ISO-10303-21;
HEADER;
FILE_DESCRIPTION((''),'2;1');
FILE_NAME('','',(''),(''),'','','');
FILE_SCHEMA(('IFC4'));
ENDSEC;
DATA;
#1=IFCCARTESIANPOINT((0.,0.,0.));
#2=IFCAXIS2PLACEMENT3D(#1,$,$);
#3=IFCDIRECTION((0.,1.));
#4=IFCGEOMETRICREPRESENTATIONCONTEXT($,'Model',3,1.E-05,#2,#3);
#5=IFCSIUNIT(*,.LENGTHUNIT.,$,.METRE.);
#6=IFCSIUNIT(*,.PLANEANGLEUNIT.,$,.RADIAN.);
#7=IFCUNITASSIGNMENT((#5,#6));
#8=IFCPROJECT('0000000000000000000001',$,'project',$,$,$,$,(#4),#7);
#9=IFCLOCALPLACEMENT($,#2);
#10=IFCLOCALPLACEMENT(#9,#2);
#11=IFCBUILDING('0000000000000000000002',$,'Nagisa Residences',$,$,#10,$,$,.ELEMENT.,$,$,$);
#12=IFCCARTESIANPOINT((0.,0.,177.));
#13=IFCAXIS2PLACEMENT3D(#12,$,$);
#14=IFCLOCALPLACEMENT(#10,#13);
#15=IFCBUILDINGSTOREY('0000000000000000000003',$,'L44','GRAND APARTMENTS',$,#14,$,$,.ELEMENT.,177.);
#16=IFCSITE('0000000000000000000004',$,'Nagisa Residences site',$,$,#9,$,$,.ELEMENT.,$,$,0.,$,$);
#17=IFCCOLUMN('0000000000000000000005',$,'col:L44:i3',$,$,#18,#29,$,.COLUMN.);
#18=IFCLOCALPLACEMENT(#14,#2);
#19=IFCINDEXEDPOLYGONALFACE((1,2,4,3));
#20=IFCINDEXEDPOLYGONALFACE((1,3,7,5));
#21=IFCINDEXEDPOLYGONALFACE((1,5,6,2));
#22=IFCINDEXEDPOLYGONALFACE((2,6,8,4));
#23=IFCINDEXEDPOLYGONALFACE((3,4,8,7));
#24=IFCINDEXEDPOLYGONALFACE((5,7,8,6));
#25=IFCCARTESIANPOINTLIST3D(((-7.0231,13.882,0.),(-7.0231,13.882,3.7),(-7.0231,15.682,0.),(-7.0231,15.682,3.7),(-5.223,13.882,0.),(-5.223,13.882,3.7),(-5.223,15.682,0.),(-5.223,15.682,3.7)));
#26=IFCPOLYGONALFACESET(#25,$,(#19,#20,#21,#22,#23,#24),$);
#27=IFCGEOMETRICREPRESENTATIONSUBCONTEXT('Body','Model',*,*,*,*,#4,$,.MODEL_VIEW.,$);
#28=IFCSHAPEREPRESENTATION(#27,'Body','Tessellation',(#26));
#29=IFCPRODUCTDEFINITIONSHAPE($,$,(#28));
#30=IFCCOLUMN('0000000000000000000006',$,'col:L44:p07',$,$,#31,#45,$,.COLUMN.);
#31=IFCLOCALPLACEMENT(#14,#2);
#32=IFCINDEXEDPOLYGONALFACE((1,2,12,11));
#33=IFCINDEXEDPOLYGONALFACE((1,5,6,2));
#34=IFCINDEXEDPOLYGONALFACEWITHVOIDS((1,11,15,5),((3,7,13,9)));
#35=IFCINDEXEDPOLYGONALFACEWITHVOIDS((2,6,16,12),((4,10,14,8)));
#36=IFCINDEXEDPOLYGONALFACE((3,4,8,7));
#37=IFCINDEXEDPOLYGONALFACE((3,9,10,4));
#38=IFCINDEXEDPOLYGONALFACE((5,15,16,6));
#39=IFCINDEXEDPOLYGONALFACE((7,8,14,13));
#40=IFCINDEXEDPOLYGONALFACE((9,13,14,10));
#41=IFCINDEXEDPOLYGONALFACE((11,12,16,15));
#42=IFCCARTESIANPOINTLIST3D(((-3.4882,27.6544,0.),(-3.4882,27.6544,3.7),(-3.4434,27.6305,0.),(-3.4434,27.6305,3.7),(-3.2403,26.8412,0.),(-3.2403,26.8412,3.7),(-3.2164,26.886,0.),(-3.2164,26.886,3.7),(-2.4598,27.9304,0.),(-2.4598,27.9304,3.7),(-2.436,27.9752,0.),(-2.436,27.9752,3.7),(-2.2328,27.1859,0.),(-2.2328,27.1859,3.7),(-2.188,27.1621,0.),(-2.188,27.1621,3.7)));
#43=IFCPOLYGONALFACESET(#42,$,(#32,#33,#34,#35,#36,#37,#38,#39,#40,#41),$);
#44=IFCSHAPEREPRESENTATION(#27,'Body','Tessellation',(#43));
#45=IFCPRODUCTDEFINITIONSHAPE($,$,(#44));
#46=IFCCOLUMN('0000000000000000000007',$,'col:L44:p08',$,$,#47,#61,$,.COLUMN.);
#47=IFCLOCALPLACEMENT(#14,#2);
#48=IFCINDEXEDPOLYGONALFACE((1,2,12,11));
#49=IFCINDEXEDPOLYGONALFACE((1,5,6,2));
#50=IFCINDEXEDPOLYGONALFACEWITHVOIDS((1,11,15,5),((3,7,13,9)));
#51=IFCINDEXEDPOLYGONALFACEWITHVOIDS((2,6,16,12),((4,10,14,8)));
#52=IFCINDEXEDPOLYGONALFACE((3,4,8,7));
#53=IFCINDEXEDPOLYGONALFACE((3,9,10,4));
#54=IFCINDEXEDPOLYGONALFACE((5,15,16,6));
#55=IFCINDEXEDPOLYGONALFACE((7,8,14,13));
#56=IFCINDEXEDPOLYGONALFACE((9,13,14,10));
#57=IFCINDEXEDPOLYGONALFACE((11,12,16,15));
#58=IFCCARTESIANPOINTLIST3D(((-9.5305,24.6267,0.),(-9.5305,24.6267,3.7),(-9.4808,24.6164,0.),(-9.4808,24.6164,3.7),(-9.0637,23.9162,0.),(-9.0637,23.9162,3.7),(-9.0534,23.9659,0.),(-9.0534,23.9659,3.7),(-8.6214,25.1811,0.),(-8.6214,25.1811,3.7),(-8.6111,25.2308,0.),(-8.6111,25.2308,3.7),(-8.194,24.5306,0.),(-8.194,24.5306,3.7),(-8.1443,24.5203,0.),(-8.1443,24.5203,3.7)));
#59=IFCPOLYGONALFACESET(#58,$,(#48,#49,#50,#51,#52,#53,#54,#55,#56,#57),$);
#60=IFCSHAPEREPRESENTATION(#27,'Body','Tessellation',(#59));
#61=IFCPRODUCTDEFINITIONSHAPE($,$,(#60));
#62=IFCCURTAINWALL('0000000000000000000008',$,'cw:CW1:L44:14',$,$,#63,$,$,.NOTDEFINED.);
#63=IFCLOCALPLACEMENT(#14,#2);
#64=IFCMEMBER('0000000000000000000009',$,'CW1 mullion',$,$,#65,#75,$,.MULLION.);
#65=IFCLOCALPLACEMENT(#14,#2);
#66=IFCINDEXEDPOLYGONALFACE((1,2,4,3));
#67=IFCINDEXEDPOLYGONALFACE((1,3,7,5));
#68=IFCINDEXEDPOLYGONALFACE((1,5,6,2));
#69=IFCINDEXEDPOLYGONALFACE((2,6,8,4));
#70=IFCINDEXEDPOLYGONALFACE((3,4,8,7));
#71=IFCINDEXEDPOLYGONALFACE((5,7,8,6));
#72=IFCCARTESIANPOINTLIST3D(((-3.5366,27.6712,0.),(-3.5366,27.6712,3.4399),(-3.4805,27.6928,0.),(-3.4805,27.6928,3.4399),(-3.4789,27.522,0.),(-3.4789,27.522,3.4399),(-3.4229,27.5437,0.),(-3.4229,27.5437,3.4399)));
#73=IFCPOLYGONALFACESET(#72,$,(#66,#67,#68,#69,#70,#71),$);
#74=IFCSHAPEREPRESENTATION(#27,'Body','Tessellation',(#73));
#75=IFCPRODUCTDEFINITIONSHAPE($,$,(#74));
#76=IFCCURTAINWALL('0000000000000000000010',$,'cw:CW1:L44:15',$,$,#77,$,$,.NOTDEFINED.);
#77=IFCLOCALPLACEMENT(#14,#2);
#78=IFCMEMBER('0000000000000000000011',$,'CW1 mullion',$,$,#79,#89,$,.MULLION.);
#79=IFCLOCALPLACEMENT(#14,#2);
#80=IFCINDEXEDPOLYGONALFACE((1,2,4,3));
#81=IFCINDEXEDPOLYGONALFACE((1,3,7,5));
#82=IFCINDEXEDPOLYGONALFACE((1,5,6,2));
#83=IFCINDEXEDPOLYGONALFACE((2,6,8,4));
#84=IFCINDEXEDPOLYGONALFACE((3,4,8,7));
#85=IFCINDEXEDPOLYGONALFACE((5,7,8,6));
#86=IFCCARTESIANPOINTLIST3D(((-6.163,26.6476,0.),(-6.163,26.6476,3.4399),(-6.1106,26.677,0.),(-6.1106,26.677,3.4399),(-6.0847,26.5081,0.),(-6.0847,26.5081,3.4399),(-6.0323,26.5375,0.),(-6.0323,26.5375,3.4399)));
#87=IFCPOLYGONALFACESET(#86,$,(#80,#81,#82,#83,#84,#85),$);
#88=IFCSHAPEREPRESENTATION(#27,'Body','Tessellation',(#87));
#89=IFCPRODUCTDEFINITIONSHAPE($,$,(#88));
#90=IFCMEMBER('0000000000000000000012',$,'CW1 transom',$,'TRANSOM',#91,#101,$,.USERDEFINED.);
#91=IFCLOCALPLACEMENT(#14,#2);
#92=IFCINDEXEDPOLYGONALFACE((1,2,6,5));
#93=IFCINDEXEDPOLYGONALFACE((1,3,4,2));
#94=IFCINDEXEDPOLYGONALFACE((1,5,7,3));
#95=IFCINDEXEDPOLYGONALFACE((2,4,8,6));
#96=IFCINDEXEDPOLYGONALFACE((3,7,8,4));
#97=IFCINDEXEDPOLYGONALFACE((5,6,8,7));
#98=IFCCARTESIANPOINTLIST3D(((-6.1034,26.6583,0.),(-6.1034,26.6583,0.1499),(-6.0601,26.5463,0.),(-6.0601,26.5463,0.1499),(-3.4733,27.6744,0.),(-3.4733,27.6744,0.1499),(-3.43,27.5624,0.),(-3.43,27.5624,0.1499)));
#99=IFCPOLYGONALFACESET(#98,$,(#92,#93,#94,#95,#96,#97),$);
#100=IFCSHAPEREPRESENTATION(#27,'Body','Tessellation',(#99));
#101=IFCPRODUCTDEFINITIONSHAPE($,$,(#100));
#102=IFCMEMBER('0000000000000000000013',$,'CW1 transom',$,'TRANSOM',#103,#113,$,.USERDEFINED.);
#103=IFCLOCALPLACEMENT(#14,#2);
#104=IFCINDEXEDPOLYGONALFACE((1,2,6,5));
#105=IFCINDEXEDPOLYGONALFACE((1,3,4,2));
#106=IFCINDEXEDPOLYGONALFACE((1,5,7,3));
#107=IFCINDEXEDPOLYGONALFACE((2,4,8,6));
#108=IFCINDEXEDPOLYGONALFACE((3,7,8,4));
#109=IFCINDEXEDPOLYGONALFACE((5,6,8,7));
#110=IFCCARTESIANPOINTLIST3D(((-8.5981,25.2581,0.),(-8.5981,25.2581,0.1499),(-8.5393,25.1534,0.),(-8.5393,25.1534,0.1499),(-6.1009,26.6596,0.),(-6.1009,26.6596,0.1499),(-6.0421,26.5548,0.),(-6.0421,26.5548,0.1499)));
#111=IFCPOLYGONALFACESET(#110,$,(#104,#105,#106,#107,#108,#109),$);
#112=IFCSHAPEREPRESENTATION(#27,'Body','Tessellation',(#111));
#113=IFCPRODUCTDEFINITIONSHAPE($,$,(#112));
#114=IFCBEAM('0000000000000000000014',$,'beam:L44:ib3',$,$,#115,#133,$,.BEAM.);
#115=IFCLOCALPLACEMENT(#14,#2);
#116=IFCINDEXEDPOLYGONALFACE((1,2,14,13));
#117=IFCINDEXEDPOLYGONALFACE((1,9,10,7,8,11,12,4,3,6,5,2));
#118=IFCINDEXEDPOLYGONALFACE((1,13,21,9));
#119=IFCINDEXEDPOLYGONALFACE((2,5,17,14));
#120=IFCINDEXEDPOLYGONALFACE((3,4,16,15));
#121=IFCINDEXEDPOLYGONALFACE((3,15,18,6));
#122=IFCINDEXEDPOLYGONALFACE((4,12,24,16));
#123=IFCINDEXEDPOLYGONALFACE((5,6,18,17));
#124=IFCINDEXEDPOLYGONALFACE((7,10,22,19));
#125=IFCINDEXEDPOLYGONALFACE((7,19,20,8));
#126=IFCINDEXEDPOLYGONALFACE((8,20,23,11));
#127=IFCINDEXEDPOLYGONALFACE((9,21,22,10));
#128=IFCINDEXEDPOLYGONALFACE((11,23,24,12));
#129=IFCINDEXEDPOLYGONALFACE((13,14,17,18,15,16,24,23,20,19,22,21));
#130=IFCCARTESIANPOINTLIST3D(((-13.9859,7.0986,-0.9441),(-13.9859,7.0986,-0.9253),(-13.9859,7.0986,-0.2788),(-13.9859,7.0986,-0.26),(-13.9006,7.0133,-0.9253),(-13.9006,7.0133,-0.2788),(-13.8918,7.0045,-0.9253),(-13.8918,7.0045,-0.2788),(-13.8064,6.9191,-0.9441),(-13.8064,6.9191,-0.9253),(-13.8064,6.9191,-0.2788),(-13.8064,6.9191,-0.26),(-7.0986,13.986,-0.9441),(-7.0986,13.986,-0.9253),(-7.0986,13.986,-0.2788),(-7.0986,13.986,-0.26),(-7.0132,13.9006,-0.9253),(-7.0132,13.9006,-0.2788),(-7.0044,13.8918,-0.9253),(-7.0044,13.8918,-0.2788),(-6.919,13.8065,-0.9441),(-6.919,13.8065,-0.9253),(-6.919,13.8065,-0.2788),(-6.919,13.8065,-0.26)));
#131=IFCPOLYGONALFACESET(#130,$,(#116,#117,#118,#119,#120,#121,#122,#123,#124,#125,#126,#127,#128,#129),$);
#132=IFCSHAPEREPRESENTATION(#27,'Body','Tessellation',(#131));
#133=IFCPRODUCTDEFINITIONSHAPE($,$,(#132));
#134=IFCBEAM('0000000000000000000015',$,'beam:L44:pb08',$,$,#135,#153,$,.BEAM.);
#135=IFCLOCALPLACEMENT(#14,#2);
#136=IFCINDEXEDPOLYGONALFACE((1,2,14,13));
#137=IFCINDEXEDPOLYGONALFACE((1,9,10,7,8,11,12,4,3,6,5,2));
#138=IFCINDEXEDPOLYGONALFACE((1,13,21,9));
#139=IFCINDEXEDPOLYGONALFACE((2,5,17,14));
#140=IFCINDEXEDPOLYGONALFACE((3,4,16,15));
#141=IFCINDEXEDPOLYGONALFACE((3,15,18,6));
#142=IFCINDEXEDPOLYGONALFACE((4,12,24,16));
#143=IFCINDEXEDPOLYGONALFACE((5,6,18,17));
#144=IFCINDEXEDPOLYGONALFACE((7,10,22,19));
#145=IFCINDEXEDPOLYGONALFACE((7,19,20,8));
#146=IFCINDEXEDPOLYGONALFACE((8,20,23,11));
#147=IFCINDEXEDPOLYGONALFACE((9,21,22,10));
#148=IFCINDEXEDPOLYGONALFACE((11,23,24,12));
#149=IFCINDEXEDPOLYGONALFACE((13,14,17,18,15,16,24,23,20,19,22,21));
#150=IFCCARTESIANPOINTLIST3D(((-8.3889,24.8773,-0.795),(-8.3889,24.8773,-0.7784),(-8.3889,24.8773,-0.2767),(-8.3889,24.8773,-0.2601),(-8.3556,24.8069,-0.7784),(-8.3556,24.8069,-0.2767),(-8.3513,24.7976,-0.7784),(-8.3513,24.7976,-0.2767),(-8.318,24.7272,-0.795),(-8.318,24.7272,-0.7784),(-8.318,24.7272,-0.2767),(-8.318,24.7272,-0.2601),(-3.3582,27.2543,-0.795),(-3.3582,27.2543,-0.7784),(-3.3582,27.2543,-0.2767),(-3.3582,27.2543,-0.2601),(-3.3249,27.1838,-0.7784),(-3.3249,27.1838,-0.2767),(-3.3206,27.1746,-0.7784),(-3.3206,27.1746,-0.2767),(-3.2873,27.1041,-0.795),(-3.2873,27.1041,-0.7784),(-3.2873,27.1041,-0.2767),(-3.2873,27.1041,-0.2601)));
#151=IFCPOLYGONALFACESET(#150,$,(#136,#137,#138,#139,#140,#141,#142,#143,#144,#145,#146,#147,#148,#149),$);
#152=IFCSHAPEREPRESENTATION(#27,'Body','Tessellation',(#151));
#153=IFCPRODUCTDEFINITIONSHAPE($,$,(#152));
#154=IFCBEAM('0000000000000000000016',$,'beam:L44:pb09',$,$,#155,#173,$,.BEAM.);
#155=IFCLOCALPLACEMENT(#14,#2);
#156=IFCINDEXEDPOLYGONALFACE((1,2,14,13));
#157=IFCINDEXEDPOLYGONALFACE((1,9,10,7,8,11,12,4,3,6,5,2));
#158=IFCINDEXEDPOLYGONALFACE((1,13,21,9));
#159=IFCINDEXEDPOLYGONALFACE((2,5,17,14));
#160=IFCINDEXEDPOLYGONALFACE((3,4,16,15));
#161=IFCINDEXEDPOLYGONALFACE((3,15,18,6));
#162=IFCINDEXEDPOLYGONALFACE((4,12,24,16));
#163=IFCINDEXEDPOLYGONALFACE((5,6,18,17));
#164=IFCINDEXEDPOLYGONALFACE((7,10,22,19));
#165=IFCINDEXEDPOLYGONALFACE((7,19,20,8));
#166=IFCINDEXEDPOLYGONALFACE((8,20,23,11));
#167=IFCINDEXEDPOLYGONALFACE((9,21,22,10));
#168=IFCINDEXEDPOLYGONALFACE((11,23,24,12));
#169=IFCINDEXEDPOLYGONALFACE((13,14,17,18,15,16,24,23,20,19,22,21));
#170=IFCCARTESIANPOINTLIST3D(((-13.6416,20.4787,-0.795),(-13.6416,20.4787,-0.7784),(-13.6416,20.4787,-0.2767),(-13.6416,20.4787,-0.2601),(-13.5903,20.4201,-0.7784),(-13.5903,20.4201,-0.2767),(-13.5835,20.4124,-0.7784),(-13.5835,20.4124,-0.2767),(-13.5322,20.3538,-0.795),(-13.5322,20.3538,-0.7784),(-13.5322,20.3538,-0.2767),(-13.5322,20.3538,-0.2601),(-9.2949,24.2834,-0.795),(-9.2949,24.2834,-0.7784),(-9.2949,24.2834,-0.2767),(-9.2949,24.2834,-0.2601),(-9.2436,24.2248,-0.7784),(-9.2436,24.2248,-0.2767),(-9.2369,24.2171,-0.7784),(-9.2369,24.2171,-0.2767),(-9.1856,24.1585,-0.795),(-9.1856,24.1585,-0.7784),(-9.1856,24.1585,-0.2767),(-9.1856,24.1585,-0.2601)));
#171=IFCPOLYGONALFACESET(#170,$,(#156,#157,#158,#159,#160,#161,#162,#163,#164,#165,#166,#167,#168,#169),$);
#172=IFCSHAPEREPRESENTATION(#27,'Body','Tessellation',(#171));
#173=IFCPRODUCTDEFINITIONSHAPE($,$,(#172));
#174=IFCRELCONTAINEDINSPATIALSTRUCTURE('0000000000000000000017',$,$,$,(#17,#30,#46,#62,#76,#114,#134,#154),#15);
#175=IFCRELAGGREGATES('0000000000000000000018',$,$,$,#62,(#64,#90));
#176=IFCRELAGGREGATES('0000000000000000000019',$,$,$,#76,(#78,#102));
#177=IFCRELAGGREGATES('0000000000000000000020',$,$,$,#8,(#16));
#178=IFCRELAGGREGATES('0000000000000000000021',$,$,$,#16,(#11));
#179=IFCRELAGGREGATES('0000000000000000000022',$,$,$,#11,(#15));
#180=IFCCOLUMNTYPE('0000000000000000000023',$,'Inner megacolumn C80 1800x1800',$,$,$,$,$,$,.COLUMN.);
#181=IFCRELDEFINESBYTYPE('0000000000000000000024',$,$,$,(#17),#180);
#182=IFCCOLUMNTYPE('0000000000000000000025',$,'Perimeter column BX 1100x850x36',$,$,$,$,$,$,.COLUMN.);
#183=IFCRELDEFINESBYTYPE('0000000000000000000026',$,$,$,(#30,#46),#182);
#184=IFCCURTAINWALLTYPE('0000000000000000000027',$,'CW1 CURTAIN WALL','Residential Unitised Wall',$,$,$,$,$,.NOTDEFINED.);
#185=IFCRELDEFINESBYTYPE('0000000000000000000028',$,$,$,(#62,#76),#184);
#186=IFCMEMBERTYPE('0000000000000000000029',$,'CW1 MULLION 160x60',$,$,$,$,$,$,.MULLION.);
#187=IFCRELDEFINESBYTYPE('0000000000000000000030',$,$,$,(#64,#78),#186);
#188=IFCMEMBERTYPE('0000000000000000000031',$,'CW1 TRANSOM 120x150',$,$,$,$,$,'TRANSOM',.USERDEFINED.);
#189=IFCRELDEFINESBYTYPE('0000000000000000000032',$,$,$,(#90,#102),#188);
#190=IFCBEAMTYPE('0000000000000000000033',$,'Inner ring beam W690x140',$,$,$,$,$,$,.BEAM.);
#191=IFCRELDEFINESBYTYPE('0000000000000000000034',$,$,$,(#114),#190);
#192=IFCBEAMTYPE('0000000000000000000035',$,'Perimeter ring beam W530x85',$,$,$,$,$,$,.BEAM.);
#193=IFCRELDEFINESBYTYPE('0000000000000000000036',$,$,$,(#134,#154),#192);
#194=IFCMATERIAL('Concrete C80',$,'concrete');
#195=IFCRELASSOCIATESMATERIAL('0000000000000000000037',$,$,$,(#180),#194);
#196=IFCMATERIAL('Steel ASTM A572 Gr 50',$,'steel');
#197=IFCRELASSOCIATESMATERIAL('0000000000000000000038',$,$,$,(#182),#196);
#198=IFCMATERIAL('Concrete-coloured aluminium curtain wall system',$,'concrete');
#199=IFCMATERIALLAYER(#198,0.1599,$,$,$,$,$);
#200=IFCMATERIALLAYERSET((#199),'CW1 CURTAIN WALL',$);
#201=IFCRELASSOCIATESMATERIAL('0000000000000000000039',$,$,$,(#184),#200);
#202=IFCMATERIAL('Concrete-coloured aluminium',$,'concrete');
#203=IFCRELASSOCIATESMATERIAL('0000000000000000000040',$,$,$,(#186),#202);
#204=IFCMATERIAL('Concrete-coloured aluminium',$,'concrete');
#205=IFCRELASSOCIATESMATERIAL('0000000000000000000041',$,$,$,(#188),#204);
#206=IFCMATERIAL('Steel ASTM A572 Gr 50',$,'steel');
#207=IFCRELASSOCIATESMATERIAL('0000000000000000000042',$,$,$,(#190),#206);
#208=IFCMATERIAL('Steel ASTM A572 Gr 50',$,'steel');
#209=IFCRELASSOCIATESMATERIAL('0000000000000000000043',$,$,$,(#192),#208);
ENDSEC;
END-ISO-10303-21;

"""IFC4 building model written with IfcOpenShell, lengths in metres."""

from ifc_helpers import new_model, si_unit, direction, frame, origin, origin_2d, place, context, subcontext, project, spatial, rectangle, hollow_rectangle, i_section, extrude, material, layer, layer_set, material_profile, profile_set, type_object, element, aggregate, save


model = new_model("IFC4")

# Units and contexts
model_context = context("Model", 3, precision=1e-05, world=origin(), true_north=direction((0.0, 1.0)))
body_context = subcontext(model_context, "Body", "Model", "MODEL_VIEW")
ifc_project = project(units=[si_unit("LENGTHUNIT", "METRE"), si_unit("PLANEANGLEUNIT", "RADIAN")], contexts=[model_context])

# Site, building, storey
site_placement = place(None, origin())
site = spatial("IfcSite", under=ifc_project, at=site_placement, Name="Nagisa Residences site", CompositionType="ELEMENT", RefElevation=0.0)
building_placement = place(site_placement, origin())
building = spatial("IfcBuilding", under=site, at=building_placement, Name="Nagisa Residences", CompositionType="ELEMENT")
storey_placement = place(building_placement, frame((0.0, 0.0, 177.0)))
storey = spatial("IfcBuildingStorey", under=building, at=storey_placement, Name="L44", Description="GRAND APARTMENTS", CompositionType="ELEMENT", Elevation=177.0)

# Columns
ifc_material_1 = material(Name="Concrete C80", Category="concrete")
ifc_material_profile_1 = material_profile(ifc_material_1, rectangle(XDim=1.8, YDim=1.8, at=origin_2d()), Name="C80 1800x1800")
ifc_profile_set_1 = profile_set([ifc_material_profile_1], Name="Concrete C80")
column_type_1 = type_object("IfcColumnType", Name="Inner megacolumn C80 1800x1800", PredefinedType="COLUMN", material=ifc_profile_set_1)
column_placement = place(storey_placement, frame((-6.123, 14.782, 0.0), z_axis=(0.0, 0.0, 1.0), x_axis=(1.0, 0.0, 0.0)))
element("IfcColumn", 1, at=column_placement, inside=storey, type_object=column_type_1, Name="col:L44:i3", PredefinedType="COLUMN", context=body_context, shape_type="SweptSolid", body=[
    extrude(rectangle(XDim=1.8, YDim=1.8, at=origin_2d()), origin(), (0.0, 0.0, 1.0), 3.7),
])
ifc_material_2 = material(Name="Steel ASTM A572 Gr 50", Category="steel")
ifc_material_profile_2 = material_profile(ifc_material_2, hollow_rectangle(XDim=1.1001, YDim=0.8501, WallThickness=0.0359, at=origin_2d()), Name="BX 1100x850x36")
ifc_profile_set_2 = profile_set([ifc_material_profile_2], Name="Steel ASTM A572 Gr 50")
column_type_2 = type_object("IfcColumnType", Name="Perimeter column BX 1100x850x36", PredefinedType="COLUMN", material=ifc_profile_set_2)
for number, where, z_axis, x_axis, name in (
    (2, (-2.8381, 27.4082, 0.0), (0.0, 0.0, 1.0), (-0.956525, -0.291652, 0.0), "col:L44:p07"),
    (3, (-8.8374, 24.5735, 0.0), (0.0, 0.0, 1.0), (-0.835766, -0.549086, 0.0), "col:L44:p08"),
):
    element("IfcColumn", number, at=place(storey_placement, frame(where, z_axis=z_axis, x_axis=x_axis)), inside=storey, type_object=column_type_2, Name=name, PredefinedType="COLUMN", context=body_context, shape_type="SweptSolid", body=[
        extrude(hollow_rectangle(XDim=1.1001, YDim=0.8501, WallThickness=0.0359, at=origin_2d()), origin(), (0.0, 0.0, 1.0), 3.7),
    ])

# Curtain walls, members
ifc_material_3 = material(Name="Concrete-coloured aluminium curtain wall system", Category="concrete")
ifc_layer_1 = layer(ifc_material_3, 0.1599)
ifc_layer_set_1 = layer_set([ifc_layer_1], Name="CW1 CURTAIN WALL")
curtain_wall_type = type_object("IfcCurtainWallType", Name="CW1 CURTAIN WALL", Description="Residential Unitised Wall", PredefinedType="NOTDEFINED", material=ifc_layer_set_1)
curtain_wall_1_placement = place(storey_placement, origin())
curtain_wall_1 = element("IfcCurtainWall", 4, at=curtain_wall_1_placement, inside=storey, type_object=curtain_wall_type, Name="cw:CW1:L44:14", PredefinedType="NOTDEFINED")
ifc_material_4 = material(Name="Concrete-coloured aluminium", Category="concrete")
ifc_material_profile_3 = material_profile(ifc_material_4, rectangle(XDim=0.1599, YDim=0.0601, at=origin_2d()), Name="CW1 MULLION 160x60")
ifc_profile_set_3 = profile_set([ifc_material_profile_3], Name="Concrete-coloured aluminium")
member_type_1 = type_object("IfcMemberType", Name="CW1 MULLION 160x60", PredefinedType="MULLION", material=ifc_profile_set_3)
member_1_placement = place(storey_placement, frame((-3.4797, 27.6074, 0.0), z_axis=(0.0, 0.0, 1.0), x_axis=(0.360328, -0.932826, 0.0)))
member_1 = element("IfcMember", 5, at=member_1_placement, type_object=member_type_1, Name="CW1 mullion", PredefinedType="MULLION", context=body_context, shape_type="SweptSolid", body=[
    extrude(rectangle(XDim=0.1599, YDim=0.0601, at=origin_2d()), origin(), (0.0, 0.0, 1.0), 3.4399),
])
curtain_wall_2_placement = place(storey_placement, origin())
curtain_wall_2 = element("IfcCurtainWall", 6, at=curtain_wall_2_placement, inside=storey, type_object=curtain_wall_type, Name="cw:CW1:L44:15", PredefinedType="NOTDEFINED")
member_2_placement = place(storey_placement, frame((-6.0977, 26.5925, 0.0), z_axis=(0.0, 0.0, 1.0), x_axis=(0.489377, -0.872072, 0.0)))
member_2 = element("IfcMember", 7, at=member_2_placement, type_object=member_type_1, Name="CW1 mullion", PredefinedType="MULLION", context=body_context, shape_type="SweptSolid", body=[
    extrude(rectangle(XDim=0.1599, YDim=0.0601, at=origin_2d()), origin(), (0.0, 0.0, 1.0), 3.4399),
])

# Members
ifc_material_5 = material(Name="Concrete-coloured aluminium", Category="concrete")
ifc_material_profile_4 = material_profile(ifc_material_5, rectangle(XDim=0.1201, YDim=0.1499, at=origin_2d()), Name="CW1 TRANSOM 120x150")
ifc_profile_set_4 = profile_set([ifc_material_profile_4], Name="Concrete-coloured aluminium")
member_type_2 = type_object("IfcMemberType", Name="CW1 TRANSOM 120x150", ElementType="TRANSOM", PredefinedType="USERDEFINED", material=ifc_profile_set_4)
member_3_placement = place(storey_placement, frame((-3.4517, 27.6184, 0.075), z_axis=(-0.932807, -0.360377, 0.0), x_axis=(0.360377, -0.932807, 0.0)))
member_3 = element("IfcMember", 8, at=member_3_placement, type_object=member_type_2, Name="CW1 transom", ObjectType="TRANSOM", PredefinedType="USERDEFINED", context=body_context, shape_type="SweptSolid", body=[
    extrude(rectangle(XDim=0.1201, YDim=0.1499, at=origin_2d()), origin(), (0.0, 0.0, 1.0), 2.8196),
])
member_4_placement = place(storey_placement, frame((-6.0715, 26.6072, 0.075), z_axis=(-0.872058, -0.489403, 0.0), x_axis=(0.489403, -0.872058, 0.0)))
member_4 = element("IfcMember", 9, at=member_4_placement, type_object=member_type_2, Name="CW1 transom", ObjectType="TRANSOM", PredefinedType="USERDEFINED", context=body_context, shape_type="SweptSolid", body=[
    extrude(rectangle(XDim=0.1201, YDim=0.1499, at=origin_2d()), origin(), (0.0, 0.0, 1.0), 2.8635),
])

# Beams
ifc_material_6 = material(Name="Steel ASTM A572 Gr 50", Category="steel")
ifc_material_profile_5 = material_profile(ifc_material_6, i_section(OverallWidth=0.2539, OverallDepth=0.6841, WebThickness=0.0125, FlangeThickness=0.0188, at=origin_2d()), Name="W690x140")
ifc_profile_set_5 = profile_set([ifc_material_profile_5], Name="Steel ASTM A572 Gr 50")
beam_type_1 = type_object("IfcBeamType", Name="Inner ring beam W690x140", PredefinedType="BEAM", material=ifc_profile_set_5)
beam_1_placement = place(storey_placement, frame((-7.0088, 13.8962, -0.6021), z_axis=(-0.707107, -0.707107, 0.0), x_axis=(0.707107, -0.707107, 0.0)))
element("IfcBeam", 10, at=beam_1_placement, inside=storey, type_object=beam_type_1, Name="beam:L44:ib3", PredefinedType="BEAM", context=body_context, shape_type="SweptSolid", body=[
    extrude(i_section(OverallWidth=0.2539, OverallDepth=0.6841, WebThickness=0.0125, FlangeThickness=0.0188, at=origin_2d()), origin(), (0.0, 0.0, 1.0), 9.7402),
])
ifc_material_7 = material(Name="Steel ASTM A572 Gr 50", Category="steel")
ifc_material_profile_6 = material_profile(ifc_material_7, i_section(OverallWidth=0.166, OverallDepth=0.5349, WebThickness=0.0103, FlangeThickness=0.0166, at=origin_2d()), Name="W530x85")
ifc_profile_set_6 = profile_set([ifc_material_profile_6], Name="Steel ASTM A572 Gr 50")
beam_type_2 = type_object("IfcBeamType", Name="Perimeter ring beam W530x85", PredefinedType="BEAM", material=ifc_profile_set_6)
beam_2_placement = place(storey_placement, frame((-3.3228, 27.1792, -0.5276), z_axis=(-0.904157, -0.4272, 0.0), x_axis=(0.4272, -0.904157, 0.0)))
element("IfcBeam", 11, at=beam_2_placement, inside=storey, type_object=beam_type_2, Name="beam:L44:pb08", PredefinedType="BEAM", context=body_context, shape_type="SweptSolid", body=[
    extrude(i_section(OverallWidth=0.166, OverallDepth=0.5349, WebThickness=0.0103, FlangeThickness=0.0166, at=origin_2d()), origin(), (0.0, 0.0, 1.0), 5.564),
])
beam_3_placement = place(storey_placement, frame((-9.2402, 24.2209, -0.5276), z_axis=(-0.752461, -0.658636, 0.0), x_axis=(0.658636, -0.752461, 0.0)))
element("IfcBeam", 12, at=beam_3_placement, inside=storey, type_object=beam_type_2, Name="beam:L44:pb09", PredefinedType="BEAM", context=body_context, shape_type="SweptSolid", body=[
    extrude(i_section(OverallWidth=0.166, OverallDepth=0.5349, WebThickness=0.0103, FlangeThickness=0.0166, at=origin_2d()), origin(), (0.0, 0.0, 1.0), 5.7766),
])

aggregate(curtain_wall_1, [member_1, member_3])
aggregate(curtain_wall_2, [member_2, member_4])

save(model, "model.ifc")
